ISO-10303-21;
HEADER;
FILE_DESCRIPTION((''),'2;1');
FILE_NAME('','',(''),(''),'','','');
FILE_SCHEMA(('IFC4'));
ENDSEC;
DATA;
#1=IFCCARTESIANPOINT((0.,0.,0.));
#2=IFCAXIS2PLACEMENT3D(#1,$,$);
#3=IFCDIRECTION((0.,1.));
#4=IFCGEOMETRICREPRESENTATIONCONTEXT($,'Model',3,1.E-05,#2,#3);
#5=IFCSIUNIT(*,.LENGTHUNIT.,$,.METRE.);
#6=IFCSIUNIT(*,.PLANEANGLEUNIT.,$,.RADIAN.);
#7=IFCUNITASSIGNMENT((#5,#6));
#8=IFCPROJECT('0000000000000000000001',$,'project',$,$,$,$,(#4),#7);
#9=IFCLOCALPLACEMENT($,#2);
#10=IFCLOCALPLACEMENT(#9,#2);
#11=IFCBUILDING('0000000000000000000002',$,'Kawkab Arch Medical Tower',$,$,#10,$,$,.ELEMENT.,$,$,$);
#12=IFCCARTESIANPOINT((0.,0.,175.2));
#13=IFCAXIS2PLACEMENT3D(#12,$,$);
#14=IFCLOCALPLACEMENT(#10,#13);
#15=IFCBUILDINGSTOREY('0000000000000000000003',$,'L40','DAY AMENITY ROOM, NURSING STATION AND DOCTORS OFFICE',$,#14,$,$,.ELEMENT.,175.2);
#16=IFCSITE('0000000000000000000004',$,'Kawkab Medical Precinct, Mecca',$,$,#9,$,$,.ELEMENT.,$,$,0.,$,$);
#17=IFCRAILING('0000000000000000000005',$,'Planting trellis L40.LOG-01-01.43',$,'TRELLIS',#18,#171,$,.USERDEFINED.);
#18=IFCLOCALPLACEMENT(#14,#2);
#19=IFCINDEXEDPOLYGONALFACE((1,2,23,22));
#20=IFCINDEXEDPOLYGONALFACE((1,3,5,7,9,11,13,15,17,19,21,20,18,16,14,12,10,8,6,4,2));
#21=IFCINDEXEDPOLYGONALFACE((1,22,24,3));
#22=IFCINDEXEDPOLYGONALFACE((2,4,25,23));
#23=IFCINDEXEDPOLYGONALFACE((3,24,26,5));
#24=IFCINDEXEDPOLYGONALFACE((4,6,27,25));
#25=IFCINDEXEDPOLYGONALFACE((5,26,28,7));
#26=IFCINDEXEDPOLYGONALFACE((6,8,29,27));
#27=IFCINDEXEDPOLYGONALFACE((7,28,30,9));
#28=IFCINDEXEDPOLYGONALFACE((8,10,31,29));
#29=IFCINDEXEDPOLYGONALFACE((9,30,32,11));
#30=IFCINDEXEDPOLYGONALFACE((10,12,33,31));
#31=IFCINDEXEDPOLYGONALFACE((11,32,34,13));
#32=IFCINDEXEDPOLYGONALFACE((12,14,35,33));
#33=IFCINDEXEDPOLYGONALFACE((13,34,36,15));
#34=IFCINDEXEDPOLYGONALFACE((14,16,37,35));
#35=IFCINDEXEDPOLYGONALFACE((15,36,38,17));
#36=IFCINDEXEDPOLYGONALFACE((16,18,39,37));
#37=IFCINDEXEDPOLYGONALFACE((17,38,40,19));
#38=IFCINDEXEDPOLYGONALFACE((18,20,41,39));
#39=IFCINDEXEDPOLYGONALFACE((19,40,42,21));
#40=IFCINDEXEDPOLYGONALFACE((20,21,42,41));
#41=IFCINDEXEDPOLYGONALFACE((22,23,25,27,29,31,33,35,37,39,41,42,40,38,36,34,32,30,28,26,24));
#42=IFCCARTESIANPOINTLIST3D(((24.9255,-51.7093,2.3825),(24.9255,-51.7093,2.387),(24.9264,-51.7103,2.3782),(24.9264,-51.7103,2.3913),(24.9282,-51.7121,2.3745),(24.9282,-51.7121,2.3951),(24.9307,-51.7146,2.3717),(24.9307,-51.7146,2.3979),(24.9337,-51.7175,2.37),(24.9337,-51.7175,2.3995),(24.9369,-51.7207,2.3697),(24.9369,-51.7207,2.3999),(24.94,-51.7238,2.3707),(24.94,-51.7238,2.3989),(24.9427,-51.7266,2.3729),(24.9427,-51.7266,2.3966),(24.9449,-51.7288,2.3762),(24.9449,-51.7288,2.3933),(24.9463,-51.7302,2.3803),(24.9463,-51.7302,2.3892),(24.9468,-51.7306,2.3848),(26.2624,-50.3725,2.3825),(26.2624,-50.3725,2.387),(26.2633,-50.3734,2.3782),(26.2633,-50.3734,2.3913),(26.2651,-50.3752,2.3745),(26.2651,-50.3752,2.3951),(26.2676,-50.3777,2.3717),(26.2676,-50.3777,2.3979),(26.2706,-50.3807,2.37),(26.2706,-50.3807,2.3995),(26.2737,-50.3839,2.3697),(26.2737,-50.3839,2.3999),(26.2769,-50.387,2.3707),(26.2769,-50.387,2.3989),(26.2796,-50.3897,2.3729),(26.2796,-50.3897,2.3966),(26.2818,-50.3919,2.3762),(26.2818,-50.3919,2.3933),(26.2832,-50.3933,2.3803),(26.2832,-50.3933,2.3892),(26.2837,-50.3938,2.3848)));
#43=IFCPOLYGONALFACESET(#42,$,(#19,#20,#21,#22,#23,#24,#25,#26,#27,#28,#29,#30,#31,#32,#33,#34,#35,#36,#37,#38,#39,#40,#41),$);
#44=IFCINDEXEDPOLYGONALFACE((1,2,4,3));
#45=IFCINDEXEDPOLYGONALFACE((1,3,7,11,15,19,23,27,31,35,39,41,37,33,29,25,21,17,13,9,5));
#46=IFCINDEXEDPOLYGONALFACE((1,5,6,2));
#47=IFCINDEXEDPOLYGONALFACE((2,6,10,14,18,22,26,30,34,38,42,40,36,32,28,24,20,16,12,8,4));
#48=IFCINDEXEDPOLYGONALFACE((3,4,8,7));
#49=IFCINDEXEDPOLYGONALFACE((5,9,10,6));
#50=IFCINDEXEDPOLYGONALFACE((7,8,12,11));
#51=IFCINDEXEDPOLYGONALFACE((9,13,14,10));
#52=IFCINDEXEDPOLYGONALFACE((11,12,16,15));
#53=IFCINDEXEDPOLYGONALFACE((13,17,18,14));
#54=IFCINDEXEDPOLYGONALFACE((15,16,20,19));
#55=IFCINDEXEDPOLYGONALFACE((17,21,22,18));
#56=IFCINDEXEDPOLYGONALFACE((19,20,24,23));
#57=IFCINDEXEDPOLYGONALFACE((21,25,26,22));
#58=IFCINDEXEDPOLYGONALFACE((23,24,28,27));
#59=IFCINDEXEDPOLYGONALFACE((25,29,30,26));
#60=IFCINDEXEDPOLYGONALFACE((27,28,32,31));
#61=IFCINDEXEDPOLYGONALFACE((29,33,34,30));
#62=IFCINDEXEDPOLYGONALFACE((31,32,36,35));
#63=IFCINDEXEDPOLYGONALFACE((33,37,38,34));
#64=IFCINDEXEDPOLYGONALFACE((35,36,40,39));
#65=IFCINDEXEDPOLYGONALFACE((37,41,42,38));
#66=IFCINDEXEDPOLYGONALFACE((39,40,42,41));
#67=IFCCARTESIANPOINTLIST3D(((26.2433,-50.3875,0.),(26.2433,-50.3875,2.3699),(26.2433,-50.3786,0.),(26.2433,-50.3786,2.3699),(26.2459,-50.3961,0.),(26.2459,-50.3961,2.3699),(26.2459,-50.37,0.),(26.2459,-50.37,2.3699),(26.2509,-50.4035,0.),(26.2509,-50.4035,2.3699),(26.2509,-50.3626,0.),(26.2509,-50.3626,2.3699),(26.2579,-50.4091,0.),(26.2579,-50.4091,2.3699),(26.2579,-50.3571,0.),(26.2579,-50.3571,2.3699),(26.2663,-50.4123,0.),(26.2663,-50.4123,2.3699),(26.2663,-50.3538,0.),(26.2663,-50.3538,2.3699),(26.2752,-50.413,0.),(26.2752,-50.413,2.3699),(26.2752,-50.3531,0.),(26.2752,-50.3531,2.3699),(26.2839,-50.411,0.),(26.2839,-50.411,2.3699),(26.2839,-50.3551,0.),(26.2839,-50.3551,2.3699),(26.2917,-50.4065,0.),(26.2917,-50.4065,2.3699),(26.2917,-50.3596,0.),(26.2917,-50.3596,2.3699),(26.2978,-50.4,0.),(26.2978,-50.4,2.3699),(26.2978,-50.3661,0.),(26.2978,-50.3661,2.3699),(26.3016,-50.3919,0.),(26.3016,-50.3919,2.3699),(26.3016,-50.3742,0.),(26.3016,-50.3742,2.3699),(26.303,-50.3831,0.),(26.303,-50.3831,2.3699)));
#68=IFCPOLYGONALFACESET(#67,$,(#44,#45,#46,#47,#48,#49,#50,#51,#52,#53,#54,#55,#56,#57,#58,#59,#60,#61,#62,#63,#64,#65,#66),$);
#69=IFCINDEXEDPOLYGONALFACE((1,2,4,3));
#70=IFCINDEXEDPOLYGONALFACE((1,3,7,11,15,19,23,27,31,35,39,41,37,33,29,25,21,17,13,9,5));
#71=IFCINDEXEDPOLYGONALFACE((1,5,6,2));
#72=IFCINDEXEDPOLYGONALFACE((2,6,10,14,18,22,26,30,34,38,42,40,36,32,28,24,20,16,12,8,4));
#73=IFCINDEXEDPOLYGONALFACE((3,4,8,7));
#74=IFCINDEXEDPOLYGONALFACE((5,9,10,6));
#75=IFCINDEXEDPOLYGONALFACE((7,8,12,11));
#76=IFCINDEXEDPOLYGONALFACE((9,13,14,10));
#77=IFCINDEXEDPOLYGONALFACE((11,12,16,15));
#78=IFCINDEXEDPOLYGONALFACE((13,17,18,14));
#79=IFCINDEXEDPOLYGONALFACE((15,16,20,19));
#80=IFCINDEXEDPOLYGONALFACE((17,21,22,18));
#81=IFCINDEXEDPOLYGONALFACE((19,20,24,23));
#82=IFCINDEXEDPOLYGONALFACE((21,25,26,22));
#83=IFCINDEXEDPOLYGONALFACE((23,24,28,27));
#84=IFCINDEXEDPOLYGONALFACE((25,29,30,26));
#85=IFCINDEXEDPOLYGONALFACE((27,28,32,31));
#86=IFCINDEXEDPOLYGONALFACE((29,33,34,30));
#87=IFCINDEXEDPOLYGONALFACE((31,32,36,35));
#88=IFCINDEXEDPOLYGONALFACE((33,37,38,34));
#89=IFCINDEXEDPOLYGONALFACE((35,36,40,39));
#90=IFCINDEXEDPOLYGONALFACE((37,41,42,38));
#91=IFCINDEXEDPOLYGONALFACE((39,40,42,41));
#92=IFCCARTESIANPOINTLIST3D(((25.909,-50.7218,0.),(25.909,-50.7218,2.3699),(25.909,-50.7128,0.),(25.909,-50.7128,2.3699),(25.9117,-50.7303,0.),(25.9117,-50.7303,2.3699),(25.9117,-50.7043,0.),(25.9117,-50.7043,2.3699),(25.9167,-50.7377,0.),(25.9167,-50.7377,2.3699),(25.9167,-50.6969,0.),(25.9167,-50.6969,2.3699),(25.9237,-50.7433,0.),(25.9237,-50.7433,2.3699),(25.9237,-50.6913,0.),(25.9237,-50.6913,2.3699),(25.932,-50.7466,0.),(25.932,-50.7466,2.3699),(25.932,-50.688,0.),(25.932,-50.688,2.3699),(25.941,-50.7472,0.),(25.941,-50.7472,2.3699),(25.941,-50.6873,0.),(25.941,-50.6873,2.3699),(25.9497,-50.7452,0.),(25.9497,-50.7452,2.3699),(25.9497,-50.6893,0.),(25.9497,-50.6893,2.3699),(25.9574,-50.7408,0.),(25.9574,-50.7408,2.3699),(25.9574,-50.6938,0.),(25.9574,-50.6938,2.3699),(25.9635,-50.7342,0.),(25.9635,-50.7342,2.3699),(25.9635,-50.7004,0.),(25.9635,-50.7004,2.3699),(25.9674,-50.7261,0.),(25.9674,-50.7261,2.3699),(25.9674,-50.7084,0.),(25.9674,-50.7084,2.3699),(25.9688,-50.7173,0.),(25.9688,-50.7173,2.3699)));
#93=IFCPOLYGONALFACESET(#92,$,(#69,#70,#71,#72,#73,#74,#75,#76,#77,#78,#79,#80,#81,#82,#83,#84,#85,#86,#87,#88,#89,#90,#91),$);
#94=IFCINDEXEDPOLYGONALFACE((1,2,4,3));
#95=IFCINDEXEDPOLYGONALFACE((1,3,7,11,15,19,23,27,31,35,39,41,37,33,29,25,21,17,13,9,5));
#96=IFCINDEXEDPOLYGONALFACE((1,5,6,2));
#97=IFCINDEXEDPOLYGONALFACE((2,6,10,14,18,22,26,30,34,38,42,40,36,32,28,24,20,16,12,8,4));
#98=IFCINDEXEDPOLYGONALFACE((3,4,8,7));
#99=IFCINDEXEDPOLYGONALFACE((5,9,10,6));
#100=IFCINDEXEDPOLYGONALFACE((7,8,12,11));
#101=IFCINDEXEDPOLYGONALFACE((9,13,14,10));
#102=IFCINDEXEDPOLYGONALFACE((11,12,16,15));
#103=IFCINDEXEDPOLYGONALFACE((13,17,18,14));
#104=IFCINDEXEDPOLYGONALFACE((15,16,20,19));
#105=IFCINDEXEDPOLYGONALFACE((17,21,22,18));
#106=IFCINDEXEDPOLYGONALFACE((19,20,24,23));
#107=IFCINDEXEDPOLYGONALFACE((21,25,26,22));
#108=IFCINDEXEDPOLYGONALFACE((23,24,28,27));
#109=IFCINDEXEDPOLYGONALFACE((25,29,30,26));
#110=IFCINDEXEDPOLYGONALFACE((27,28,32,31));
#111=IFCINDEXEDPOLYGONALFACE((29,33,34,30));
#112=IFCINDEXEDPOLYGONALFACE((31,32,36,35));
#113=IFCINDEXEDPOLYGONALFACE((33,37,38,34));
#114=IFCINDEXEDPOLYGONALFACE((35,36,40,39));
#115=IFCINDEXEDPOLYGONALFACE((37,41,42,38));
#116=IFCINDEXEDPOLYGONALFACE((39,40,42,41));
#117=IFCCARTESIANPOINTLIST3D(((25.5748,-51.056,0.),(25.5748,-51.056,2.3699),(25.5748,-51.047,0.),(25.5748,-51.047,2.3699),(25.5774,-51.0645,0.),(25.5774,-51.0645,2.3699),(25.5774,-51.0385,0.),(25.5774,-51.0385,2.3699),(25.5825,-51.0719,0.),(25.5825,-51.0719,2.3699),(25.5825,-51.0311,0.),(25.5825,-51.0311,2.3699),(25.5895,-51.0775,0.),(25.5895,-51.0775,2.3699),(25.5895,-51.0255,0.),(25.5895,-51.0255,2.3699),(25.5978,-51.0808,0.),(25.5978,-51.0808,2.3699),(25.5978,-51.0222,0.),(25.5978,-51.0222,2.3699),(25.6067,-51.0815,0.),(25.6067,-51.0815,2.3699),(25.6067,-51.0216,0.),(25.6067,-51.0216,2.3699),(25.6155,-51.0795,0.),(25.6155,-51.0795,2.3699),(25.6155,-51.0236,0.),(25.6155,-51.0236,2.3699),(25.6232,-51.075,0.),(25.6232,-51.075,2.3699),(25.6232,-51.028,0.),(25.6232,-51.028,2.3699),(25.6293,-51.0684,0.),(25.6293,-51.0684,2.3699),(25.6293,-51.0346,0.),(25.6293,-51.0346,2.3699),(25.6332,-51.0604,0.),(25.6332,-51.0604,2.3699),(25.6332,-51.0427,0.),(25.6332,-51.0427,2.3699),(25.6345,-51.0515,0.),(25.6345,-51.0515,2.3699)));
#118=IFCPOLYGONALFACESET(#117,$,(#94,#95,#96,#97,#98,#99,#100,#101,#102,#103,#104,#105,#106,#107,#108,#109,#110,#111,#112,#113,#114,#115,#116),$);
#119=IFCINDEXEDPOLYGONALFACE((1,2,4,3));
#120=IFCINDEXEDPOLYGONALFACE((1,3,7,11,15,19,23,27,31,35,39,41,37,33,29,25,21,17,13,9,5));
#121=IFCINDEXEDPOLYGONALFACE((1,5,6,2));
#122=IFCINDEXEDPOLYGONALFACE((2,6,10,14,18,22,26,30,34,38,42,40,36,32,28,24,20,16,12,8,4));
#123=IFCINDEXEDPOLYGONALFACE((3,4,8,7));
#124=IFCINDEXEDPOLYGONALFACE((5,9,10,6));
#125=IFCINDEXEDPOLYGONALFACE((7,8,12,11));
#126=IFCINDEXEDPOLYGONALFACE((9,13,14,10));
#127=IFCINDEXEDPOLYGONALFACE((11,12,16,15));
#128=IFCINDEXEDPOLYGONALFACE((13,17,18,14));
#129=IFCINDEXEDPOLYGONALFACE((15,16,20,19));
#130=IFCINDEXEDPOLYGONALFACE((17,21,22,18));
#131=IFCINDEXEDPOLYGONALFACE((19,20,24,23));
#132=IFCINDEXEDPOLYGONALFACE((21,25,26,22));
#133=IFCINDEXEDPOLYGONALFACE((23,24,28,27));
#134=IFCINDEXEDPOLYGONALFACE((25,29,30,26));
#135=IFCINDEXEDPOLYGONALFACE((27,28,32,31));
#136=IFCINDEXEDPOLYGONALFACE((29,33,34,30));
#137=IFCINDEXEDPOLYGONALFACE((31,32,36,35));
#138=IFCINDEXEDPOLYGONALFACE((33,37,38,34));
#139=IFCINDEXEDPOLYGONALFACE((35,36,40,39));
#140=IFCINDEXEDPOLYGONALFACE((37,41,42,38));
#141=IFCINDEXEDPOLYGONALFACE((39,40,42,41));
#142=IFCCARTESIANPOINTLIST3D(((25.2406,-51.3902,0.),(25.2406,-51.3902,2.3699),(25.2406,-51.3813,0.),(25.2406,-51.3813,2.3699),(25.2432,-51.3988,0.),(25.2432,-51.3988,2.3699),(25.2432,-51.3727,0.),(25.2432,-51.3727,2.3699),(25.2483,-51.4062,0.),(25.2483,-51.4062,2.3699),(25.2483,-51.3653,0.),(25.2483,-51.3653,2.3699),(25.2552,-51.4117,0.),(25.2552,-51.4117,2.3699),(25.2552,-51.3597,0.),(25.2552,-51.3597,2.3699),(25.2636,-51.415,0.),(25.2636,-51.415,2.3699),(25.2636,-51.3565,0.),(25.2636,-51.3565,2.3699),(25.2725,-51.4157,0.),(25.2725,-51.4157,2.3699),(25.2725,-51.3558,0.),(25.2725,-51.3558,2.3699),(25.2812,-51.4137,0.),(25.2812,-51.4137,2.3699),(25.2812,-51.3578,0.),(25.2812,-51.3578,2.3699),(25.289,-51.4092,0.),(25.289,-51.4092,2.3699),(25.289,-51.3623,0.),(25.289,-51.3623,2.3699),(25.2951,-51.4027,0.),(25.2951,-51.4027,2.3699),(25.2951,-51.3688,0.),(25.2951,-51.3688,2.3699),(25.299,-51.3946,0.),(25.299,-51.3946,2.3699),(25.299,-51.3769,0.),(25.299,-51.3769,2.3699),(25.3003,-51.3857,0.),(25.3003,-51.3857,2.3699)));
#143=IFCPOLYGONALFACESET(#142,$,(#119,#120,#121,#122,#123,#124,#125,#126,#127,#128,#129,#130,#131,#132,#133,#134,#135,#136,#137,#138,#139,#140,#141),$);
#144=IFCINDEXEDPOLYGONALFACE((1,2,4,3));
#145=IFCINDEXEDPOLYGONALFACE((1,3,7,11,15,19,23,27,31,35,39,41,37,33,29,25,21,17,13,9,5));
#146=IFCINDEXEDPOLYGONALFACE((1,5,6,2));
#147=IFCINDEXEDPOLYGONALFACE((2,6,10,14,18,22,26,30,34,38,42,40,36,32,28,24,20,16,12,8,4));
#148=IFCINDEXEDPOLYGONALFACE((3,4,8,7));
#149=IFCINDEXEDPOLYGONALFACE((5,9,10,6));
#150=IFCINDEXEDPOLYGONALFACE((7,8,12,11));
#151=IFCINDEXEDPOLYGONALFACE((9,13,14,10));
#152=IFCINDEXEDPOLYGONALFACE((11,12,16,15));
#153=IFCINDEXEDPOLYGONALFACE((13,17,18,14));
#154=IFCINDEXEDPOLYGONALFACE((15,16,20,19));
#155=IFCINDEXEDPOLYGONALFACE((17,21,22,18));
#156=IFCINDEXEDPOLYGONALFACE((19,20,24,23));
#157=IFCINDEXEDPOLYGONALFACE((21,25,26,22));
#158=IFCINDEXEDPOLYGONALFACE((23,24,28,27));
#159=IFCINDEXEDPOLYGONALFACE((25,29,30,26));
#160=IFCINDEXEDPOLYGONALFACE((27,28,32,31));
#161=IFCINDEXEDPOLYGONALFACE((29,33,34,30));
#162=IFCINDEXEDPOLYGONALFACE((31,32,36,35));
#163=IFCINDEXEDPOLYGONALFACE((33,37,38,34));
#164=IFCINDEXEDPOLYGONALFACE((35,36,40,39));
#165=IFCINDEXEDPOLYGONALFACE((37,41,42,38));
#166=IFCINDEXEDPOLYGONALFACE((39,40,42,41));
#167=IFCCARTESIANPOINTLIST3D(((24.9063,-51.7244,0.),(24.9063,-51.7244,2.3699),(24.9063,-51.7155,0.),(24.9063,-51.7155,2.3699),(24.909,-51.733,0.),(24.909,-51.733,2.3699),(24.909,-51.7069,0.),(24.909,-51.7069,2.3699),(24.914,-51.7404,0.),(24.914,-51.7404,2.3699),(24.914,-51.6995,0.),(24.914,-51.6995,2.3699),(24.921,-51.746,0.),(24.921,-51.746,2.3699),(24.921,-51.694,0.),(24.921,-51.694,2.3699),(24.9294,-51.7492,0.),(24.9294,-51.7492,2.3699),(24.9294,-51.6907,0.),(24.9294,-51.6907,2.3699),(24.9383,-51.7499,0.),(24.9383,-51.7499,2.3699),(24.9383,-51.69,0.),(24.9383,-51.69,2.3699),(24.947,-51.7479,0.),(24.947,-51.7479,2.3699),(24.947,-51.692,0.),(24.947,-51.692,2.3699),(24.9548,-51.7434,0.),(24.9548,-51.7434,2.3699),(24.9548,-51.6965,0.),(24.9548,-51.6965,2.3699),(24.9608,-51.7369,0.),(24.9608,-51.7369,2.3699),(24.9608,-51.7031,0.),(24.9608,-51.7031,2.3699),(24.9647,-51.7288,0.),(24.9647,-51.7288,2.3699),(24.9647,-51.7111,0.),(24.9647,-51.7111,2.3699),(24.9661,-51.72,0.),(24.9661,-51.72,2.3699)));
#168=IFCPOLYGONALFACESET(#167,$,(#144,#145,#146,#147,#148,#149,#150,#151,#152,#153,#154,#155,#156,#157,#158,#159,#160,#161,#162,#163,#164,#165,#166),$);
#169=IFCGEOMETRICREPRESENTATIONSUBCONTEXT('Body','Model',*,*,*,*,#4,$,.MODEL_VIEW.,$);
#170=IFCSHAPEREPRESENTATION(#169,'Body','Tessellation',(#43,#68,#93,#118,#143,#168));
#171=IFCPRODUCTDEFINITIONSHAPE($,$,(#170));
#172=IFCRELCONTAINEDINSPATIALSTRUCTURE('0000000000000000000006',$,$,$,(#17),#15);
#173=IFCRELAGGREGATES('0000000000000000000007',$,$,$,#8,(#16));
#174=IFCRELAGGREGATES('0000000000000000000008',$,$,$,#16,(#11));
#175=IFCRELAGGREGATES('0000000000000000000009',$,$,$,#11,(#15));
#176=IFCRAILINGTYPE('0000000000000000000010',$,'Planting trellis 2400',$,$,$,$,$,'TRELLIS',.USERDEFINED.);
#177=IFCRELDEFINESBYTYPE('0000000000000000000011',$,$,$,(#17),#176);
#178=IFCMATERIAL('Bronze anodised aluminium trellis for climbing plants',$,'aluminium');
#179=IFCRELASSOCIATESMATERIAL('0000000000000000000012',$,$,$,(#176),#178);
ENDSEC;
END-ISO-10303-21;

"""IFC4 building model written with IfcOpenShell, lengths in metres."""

from ifc_helpers import new_model, si_unit, direction, frame, origin, origin_2d, place, context, subcontext, project, spatial, circle, extrude, material, type_object, element, save


model = new_model("IFC4")

# Units and contexts
model_context = context("Model", 3, precision=1e-05, world=origin(), true_north=direction((0.0, 1.0)))
body_context = subcontext(model_context, "Body", "Model", "MODEL_VIEW")
ifc_project = project(units=[si_unit("LENGTHUNIT", "METRE"), si_unit("PLANEANGLEUNIT", "RADIAN")], contexts=[model_context])

# Site, building, storey
site_placement = place(None, origin())
site = spatial("IfcSite", under=ifc_project, at=site_placement, Name="Kawkab Medical Precinct, Mecca", CompositionType="ELEMENT", RefElevation=0.0)
building_placement = place(site_placement, origin())
building = spatial("IfcBuilding", under=site, at=building_placement, Name="Kawkab Arch Medical Tower", CompositionType="ELEMENT")
storey_placement = place(building_placement, frame((0.0, 0.0, 175.2)))
storey = spatial("IfcBuildingStorey", under=building, at=storey_placement, Name="L40", Description="DAY AMENITY ROOM, NURSING STATION AND DOCTORS OFFICE", CompositionType="ELEMENT", Elevation=175.2)

# Railing
ifc_material_1 = material(Name="Bronze anodised aluminium trellis for climbing plants", Category="aluminium")
railing_type_1 = type_object("IfcRailingType", Name="Planting trellis 2400", ElementType="TRELLIS", PredefinedType="USERDEFINED", material=ifc_material_1)
railing_1_placement = place(storey_placement, frame((26.2729, -50.3831, 0.0)))
element("IfcRailing", 1, at=railing_1_placement, inside=storey, type_object=railing_type_1, Name="Planting trellis L40.LOG-01-01.43", ObjectType="TRELLIS", PredefinedType="USERDEFINED", context=body_context, shape_type="SweptSolid", body=[
    extrude(circle(Radius=0.0151, at=origin_2d()), frame((0.0, 0.0, 2.3848), z_axis=(-0.707107, -0.707107, 0.0), x_axis=(0.707107, -0.707107, 0.0)), (0.0, 0.0, 1.0), 1.8906),
    extrude(circle(Radius=0.03, at=origin_2d()), origin(), (0.0, 0.0, 1.0), 2.3699),
    extrude(circle(Radius=0.03, at=origin_2d()), frame((-0.3342, -0.3342, 0.0)), (0.0, 0.0, 1.0), 2.3699),
    extrude(circle(Radius=0.03, at=origin_2d()), frame((-0.6685, -0.6685, 0.0)), (0.0, 0.0, 1.0), 2.3699),
    extrude(circle(Radius=0.03, at=origin_2d()), frame((-1.0027, -1.0027, 0.0)), (0.0, 0.0, 1.0), 2.3699),
    extrude(circle(Radius=0.03, at=origin_2d()), frame((-1.3369, -1.3369, 0.0)), (0.0, 0.0, 1.0), 2.3699),
])

save(model, "model.ifc")
